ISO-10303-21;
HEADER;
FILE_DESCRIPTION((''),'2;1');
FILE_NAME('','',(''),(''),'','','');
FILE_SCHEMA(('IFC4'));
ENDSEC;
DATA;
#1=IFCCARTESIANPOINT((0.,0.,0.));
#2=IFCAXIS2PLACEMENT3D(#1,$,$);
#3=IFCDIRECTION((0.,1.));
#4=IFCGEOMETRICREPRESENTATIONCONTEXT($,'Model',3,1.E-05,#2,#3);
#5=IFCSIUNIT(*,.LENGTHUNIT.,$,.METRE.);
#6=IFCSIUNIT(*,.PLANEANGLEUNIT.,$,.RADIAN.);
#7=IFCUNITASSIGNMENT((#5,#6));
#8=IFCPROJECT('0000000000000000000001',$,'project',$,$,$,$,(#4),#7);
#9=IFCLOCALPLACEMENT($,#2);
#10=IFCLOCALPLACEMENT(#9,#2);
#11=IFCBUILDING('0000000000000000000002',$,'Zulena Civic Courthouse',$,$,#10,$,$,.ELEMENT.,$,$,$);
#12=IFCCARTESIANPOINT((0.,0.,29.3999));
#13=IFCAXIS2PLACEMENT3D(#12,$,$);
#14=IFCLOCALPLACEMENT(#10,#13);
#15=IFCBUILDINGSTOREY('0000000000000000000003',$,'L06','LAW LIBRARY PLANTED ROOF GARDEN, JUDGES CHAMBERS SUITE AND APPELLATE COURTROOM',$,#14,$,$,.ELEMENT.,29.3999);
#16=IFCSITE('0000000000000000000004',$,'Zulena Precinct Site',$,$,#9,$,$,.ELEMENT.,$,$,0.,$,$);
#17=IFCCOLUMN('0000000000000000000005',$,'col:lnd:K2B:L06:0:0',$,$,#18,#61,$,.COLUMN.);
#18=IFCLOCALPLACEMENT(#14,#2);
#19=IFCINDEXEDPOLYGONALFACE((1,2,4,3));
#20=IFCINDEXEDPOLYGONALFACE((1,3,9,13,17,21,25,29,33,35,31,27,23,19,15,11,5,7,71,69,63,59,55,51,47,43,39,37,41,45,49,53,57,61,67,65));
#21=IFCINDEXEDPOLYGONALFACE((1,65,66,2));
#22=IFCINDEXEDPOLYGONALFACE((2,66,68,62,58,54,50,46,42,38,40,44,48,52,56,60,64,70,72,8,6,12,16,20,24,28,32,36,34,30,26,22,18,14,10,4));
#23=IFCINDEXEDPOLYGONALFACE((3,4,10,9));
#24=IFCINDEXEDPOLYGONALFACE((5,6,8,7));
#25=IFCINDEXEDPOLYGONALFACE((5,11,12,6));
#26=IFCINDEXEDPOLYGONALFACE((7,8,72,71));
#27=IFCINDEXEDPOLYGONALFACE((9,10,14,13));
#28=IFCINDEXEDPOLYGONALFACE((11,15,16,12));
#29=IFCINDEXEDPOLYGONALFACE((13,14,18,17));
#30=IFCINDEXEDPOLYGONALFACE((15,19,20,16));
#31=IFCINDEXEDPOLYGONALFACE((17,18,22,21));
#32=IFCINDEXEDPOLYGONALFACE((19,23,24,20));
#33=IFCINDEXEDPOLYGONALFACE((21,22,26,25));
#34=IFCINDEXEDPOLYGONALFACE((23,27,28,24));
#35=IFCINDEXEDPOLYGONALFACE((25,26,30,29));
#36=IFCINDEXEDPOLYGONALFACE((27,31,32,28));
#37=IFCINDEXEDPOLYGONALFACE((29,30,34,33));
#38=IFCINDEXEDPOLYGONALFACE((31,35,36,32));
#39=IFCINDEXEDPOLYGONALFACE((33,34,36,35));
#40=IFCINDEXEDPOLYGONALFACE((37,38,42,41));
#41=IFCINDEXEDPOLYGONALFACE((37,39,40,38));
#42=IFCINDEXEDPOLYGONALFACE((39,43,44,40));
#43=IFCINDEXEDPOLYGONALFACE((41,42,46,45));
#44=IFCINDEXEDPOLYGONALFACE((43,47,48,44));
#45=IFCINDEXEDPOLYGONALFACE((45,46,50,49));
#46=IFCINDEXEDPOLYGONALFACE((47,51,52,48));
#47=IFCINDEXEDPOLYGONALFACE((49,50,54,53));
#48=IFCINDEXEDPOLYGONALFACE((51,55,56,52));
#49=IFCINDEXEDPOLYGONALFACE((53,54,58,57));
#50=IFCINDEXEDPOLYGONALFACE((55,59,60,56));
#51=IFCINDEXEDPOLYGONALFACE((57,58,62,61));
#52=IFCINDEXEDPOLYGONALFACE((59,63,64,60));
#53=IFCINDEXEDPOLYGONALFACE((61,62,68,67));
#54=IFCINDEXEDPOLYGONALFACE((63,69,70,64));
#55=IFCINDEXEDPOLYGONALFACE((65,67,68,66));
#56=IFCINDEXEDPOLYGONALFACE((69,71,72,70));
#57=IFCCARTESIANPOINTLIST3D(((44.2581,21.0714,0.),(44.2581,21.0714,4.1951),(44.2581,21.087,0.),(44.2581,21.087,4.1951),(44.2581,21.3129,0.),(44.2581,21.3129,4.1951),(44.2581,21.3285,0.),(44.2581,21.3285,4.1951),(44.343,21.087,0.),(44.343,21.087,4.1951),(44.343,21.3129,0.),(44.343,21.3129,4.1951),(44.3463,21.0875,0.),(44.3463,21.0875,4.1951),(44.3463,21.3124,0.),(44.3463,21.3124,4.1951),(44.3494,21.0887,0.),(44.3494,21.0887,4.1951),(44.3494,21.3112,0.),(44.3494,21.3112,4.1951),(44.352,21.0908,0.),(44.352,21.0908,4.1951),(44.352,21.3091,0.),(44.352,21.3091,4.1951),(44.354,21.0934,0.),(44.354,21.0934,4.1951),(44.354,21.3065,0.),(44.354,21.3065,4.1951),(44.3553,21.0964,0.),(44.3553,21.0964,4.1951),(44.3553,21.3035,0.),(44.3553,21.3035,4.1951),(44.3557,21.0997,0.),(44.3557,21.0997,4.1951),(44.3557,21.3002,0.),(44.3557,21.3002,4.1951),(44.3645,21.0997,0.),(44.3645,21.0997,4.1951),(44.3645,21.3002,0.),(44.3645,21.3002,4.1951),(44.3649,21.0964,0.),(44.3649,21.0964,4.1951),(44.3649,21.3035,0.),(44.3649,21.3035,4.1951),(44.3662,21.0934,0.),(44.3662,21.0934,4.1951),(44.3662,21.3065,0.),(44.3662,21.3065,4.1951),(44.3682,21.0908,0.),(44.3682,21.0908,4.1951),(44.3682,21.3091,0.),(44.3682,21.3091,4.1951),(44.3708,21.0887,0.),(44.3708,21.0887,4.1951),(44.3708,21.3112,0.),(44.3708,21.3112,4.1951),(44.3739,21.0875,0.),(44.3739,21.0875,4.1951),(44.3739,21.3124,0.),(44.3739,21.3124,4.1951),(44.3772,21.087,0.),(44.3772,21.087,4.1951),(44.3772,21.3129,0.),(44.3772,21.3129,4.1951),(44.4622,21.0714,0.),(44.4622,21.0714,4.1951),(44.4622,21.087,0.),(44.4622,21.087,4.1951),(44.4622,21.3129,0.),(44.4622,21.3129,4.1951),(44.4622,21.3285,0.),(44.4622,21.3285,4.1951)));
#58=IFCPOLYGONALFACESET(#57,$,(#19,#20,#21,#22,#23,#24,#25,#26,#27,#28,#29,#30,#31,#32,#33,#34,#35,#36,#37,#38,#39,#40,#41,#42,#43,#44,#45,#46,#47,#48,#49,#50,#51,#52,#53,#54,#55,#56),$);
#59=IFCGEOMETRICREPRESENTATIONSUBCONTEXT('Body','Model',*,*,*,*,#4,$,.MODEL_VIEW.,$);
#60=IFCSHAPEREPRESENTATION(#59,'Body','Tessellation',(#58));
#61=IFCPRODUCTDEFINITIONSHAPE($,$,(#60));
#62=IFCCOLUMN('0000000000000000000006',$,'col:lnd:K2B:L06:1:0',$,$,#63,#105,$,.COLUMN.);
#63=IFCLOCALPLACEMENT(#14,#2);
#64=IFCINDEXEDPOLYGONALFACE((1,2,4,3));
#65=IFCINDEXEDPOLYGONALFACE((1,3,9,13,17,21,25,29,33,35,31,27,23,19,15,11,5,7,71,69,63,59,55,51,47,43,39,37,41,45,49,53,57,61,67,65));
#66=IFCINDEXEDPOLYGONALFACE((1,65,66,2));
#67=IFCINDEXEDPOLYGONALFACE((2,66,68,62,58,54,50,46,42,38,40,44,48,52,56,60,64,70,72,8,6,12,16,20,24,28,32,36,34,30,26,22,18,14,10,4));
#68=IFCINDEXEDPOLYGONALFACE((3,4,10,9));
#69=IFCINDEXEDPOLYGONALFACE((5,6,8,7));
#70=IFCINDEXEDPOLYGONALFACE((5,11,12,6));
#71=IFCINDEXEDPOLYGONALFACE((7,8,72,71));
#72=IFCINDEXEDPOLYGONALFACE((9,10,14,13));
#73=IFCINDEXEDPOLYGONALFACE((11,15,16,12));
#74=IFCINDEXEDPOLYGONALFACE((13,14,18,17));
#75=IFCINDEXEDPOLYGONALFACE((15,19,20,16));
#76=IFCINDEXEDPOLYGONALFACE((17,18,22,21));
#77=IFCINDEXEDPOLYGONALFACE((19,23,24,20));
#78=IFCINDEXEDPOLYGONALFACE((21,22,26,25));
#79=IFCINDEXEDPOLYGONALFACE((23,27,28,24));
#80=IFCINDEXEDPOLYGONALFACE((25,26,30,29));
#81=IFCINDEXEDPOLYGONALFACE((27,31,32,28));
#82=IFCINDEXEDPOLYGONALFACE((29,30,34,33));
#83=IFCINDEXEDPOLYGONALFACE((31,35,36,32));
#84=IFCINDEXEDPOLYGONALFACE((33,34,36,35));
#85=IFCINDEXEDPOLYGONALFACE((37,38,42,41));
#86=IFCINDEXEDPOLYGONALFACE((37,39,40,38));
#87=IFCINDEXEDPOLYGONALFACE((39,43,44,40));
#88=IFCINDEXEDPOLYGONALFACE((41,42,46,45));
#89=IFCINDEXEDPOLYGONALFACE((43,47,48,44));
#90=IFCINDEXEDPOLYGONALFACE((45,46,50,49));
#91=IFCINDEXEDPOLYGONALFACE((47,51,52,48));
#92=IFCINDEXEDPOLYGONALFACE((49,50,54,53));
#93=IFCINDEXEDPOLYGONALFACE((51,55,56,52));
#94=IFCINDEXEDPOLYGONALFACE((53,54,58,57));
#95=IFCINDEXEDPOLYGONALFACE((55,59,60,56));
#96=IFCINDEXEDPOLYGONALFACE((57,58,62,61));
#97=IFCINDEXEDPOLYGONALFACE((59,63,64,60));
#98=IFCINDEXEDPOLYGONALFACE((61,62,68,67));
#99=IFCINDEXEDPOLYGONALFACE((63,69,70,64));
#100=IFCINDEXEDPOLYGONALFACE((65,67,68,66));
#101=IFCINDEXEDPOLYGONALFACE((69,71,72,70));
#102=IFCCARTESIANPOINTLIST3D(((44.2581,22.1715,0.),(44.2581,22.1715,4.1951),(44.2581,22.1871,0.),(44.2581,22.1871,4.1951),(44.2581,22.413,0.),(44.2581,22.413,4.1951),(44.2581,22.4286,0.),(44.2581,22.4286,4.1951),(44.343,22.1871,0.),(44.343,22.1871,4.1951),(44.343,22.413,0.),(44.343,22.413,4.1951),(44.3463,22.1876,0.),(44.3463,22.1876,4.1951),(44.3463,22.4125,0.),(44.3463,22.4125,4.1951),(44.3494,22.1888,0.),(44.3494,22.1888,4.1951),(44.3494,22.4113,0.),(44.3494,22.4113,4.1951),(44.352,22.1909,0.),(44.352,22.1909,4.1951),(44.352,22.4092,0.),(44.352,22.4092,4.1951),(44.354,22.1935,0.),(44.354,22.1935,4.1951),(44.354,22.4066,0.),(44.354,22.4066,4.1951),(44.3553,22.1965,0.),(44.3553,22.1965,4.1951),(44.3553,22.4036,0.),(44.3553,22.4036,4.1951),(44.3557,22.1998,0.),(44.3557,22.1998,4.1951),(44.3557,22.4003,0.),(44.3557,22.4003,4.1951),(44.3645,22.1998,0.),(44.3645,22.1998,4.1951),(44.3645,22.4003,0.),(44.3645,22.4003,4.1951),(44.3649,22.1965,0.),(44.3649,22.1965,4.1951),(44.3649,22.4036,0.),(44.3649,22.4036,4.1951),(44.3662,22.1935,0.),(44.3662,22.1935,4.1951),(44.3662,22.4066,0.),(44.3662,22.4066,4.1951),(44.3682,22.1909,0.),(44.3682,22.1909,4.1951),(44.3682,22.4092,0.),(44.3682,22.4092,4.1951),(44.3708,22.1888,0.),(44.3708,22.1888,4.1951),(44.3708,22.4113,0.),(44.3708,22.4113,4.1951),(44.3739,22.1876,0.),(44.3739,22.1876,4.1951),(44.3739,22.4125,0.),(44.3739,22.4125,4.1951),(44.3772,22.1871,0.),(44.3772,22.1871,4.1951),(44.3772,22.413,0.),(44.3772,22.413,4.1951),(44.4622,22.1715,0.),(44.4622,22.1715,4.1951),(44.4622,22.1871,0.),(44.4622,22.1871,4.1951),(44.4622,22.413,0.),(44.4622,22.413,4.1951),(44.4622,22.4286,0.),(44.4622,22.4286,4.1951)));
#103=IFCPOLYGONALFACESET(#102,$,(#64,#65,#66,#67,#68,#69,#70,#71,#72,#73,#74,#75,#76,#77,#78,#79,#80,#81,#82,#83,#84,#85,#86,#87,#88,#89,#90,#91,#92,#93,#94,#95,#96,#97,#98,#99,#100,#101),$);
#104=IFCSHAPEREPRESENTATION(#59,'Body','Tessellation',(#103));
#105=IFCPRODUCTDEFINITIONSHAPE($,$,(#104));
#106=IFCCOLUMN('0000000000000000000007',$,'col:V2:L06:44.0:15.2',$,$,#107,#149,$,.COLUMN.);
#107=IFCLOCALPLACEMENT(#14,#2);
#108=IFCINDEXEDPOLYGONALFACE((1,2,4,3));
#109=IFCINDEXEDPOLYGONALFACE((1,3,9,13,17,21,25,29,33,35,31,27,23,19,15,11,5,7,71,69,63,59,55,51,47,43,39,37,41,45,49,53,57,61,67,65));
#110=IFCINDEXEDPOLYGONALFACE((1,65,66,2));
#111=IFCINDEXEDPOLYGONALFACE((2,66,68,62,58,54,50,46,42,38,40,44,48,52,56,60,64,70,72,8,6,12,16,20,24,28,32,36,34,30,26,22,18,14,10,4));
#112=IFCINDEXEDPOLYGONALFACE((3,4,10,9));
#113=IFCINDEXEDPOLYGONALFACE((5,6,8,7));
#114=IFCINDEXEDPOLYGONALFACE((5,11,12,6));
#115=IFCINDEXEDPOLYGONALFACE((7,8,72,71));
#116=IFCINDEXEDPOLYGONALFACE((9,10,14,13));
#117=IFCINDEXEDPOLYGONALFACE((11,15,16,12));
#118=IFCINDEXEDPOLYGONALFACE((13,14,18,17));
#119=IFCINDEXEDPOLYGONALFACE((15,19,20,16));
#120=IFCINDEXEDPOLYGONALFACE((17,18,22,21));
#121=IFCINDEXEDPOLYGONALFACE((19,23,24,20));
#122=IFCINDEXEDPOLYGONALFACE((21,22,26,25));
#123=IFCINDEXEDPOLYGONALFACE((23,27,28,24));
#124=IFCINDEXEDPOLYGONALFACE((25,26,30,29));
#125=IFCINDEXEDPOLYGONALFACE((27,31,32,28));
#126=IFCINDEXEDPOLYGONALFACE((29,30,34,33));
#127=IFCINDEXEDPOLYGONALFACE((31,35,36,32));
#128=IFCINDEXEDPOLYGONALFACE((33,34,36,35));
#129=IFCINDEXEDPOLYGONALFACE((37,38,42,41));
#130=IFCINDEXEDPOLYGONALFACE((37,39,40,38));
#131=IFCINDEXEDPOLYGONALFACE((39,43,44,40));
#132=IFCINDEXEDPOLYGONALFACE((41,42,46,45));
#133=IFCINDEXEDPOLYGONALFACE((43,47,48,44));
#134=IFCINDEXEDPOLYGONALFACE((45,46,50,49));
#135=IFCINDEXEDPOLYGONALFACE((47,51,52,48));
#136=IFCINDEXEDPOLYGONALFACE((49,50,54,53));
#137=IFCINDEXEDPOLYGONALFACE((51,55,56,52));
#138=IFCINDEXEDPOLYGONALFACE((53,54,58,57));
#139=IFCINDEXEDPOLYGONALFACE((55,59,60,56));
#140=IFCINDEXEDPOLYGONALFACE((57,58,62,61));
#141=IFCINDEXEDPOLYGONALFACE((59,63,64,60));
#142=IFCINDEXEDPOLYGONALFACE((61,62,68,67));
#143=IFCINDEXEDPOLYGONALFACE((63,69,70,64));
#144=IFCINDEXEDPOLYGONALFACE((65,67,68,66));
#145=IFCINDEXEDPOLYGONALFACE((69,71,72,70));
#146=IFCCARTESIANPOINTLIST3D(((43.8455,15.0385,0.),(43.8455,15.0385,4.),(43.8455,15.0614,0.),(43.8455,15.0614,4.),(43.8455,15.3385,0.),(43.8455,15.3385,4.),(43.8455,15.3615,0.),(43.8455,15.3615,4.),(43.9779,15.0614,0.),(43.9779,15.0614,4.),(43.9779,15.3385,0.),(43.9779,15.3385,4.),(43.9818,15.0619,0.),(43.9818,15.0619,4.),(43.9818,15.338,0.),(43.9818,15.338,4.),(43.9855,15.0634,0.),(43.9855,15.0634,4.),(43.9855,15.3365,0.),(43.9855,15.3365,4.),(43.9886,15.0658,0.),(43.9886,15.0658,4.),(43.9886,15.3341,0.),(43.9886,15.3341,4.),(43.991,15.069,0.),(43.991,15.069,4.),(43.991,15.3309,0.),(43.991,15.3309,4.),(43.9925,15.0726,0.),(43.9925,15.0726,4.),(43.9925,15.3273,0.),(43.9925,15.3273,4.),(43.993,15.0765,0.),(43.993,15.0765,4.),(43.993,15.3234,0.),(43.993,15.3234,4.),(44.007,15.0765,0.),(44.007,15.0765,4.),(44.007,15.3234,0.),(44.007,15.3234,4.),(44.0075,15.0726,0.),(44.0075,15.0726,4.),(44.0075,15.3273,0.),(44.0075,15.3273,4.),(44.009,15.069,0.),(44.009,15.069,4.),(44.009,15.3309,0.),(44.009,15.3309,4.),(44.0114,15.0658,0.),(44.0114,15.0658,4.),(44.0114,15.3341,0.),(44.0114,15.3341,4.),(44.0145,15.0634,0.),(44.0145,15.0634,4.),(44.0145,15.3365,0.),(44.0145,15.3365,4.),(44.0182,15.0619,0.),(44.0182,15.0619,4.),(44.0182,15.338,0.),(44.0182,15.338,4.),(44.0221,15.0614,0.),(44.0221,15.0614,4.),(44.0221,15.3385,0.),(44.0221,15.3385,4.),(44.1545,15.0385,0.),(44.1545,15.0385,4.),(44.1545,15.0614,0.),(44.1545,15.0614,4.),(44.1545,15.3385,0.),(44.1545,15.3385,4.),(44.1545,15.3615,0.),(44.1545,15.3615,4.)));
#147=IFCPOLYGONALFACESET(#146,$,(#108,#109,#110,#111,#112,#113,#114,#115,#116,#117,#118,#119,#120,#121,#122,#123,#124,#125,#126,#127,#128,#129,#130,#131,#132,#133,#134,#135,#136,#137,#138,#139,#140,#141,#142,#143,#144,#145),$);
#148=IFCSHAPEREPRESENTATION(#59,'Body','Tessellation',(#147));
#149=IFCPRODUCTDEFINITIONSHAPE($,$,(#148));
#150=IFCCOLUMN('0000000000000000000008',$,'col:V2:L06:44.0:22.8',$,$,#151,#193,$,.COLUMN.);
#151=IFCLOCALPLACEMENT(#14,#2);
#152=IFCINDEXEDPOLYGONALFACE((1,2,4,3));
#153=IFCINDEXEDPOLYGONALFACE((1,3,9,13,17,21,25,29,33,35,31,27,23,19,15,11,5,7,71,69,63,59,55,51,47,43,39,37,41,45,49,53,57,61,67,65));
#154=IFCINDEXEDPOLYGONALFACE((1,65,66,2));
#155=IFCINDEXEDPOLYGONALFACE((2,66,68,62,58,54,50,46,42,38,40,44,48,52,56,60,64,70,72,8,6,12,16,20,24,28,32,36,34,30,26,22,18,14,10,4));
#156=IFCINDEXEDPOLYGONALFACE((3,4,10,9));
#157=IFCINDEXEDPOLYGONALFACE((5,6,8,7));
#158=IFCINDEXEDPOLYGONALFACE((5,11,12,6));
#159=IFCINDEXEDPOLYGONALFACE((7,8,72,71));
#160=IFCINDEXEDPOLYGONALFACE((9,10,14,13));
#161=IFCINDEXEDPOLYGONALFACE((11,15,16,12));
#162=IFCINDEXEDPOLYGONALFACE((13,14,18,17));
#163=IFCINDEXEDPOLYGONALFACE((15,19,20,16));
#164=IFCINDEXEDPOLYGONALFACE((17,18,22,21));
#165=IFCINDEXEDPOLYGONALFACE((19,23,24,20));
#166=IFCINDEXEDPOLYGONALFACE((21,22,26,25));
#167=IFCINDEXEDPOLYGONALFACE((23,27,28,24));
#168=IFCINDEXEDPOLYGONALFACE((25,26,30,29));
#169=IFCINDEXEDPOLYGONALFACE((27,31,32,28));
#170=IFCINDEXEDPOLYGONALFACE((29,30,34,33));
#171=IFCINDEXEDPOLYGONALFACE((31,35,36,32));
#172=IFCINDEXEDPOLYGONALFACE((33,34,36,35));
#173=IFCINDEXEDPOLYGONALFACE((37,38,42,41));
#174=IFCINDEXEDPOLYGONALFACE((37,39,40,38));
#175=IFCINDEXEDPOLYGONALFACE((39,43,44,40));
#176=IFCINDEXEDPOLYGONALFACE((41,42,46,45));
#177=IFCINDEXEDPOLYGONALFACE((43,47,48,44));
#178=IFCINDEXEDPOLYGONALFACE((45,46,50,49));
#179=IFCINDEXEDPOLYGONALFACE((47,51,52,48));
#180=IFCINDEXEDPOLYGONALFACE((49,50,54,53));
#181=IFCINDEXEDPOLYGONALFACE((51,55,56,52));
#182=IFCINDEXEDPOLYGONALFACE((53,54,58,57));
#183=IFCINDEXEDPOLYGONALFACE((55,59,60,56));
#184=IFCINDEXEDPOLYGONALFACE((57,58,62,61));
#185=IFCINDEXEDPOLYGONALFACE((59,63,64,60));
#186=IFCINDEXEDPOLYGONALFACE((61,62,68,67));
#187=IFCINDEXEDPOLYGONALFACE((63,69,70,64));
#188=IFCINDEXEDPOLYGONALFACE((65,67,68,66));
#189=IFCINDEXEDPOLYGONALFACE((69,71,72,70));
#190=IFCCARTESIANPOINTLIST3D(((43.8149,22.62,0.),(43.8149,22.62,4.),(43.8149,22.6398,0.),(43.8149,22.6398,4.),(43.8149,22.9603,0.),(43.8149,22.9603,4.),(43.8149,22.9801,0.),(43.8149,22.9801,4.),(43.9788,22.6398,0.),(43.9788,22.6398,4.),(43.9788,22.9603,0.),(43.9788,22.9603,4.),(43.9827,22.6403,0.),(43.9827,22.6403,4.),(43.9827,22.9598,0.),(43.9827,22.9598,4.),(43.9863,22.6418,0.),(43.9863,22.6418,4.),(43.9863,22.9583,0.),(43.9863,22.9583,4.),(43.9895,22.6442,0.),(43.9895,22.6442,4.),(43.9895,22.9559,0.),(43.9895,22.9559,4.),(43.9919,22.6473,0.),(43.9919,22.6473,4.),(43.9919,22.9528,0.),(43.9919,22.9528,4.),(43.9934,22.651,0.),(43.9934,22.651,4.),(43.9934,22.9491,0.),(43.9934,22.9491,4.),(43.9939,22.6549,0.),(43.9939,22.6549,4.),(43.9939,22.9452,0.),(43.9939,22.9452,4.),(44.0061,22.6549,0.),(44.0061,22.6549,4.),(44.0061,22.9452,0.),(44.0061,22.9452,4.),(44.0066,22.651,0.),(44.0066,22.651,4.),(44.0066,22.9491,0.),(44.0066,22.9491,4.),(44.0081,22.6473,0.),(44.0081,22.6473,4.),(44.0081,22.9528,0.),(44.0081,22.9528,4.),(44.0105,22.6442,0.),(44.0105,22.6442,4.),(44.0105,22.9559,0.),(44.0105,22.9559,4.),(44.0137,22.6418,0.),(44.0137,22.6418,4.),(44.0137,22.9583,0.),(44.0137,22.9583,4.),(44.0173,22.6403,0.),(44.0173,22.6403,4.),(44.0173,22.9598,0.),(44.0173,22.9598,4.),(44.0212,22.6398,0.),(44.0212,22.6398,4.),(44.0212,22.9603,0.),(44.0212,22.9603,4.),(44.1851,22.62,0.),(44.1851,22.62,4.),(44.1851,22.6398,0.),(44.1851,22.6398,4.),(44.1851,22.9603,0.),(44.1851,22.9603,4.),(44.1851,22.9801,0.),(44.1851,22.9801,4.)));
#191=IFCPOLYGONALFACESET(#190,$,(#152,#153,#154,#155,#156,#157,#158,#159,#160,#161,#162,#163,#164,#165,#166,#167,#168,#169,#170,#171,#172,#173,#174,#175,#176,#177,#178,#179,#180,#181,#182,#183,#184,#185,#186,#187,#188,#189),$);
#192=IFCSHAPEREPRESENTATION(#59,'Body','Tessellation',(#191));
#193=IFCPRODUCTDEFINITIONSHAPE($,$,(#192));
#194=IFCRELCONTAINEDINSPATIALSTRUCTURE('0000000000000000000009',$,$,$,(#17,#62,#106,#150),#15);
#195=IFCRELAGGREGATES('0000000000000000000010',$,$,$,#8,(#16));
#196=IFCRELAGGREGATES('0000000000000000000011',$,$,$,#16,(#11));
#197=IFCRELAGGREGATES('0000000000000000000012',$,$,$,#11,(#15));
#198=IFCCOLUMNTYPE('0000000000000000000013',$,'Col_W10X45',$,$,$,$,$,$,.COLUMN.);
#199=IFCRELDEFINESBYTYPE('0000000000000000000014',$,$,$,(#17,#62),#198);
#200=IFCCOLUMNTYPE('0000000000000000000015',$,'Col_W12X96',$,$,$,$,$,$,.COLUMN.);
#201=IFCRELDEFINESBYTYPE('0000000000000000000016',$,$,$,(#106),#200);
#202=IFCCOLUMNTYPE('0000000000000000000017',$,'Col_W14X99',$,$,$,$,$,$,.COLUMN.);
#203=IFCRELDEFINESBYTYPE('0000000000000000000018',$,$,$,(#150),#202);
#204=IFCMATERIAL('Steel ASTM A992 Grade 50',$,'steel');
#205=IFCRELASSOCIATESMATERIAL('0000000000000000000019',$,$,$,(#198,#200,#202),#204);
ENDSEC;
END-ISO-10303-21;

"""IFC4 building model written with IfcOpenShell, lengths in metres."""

from ifc_helpers import new_model, si_unit, direction, frame, origin, origin_2d, place, context, subcontext, project, spatial, i_section, extrude, material, material_profile, profile_set, type_object, element, save


model = new_model("IFC4")

# Units and contexts
model_context = context("Model", 3, precision=1e-05, world=origin(), true_north=direction((0.0, 1.0)))
body_context = subcontext(model_context, "Body", "Model", "MODEL_VIEW")
ifc_project = project(units=[si_unit("LENGTHUNIT", "METRE"), si_unit("PLANEANGLEUNIT", "RADIAN")], contexts=[model_context])

# Site, building, storey
site_placement = place(None, origin())
site = spatial("IfcSite", under=ifc_project, at=site_placement, Name="Zulena Precinct Site", CompositionType="ELEMENT", RefElevation=0.0)
building_placement = place(site_placement, origin())
building = spatial("IfcBuilding", under=site, at=building_placement, Name="Zulena Civic Courthouse", CompositionType="ELEMENT")
storey_placement = place(building_placement, frame((0.0, 0.0, 29.3999)))
storey = spatial("IfcBuildingStorey", under=building, at=storey_placement, Name="L06", Description="LAW LIBRARY PLANTED ROOF GARDEN, JUDGES CHAMBERS SUITE AND APPELLATE COURTROOM", CompositionType="ELEMENT", Elevation=29.3999)

# Columns
ifc_material_1 = material(Name="Steel ASTM A992 Grade 50", Category="steel")
ifc_material_profile_1 = material_profile(ifc_material_1, i_section(OverallWidth=0.2041, OverallDepth=0.2571, WebThickness=0.0088, FlangeThickness=0.0156, FilletRadius=0.0127, at=origin_2d()), Name="W10X45")
ifc_profile_set_1 = profile_set([ifc_material_profile_1], Name="Steel ASTM A992 Grade 50")
column_type_1 = type_object("IfcColumnType", Name="Col_W10X45", PredefinedType="COLUMN", material=ifc_profile_set_1)
for number, where, z_axis, x_axis, name in (
    (1, (44.3601, 21.2, 0.0), (0.0, 0.0, 1.0), (1.0, 0.0, 0.0), "col:lnd:K2B:L06:0:0"),
    (2, (44.3601, 22.3, 0.0), (0.0, 0.0, 1.0), (1.0, 0.0, 0.0), "col:lnd:K2B:L06:1:0"),
):
    element("IfcColumn", number, at=place(storey_placement, frame(where, z_axis=z_axis, x_axis=x_axis)), inside=storey, type_object=column_type_1, Name=name, PredefinedType="COLUMN", context=body_context, shape_type="SweptSolid", body=[
        extrude(i_section(OverallWidth=0.2041, OverallDepth=0.2571, WebThickness=0.0088, FlangeThickness=0.0156, FilletRadius=0.0127, at=origin_2d()), origin(), (0.0, 0.0, 1.0), 4.1951),
    ])
ifc_material_profile_2 = material_profile(ifc_material_1, i_section(OverallWidth=0.3091, OverallDepth=0.323, WebThickness=0.0139, FlangeThickness=0.0229, FilletRadius=0.0151, at=origin_2d()), Name="W12X96")
ifc_profile_set_2 = profile_set([ifc_material_profile_2], Name="Steel ASTM A992 Grade 50")
column_type_2 = type_object("IfcColumnType", Name="Col_W12X96", PredefinedType="COLUMN", material=ifc_profile_set_2)
column_1_placement = place(storey_placement, frame((44.0, 15.2, 0.0), z_axis=(0.0, 0.0, 1.0), x_axis=(1.0, 0.0, 0.0)))
element("IfcColumn", 3, at=column_1_placement, inside=storey, type_object=column_type_2, Name="col:V2:L06:44.0:15.2", PredefinedType="COLUMN", context=body_context, shape_type="SweptSolid", body=[
    extrude(i_section(OverallWidth=0.3091, OverallDepth=0.323, WebThickness=0.0139, FlangeThickness=0.0229, FilletRadius=0.0151, at=origin_2d()), origin(), (0.0, 0.0, 1.0), 4.0),
])
ifc_material_profile_3 = material_profile(ifc_material_1, i_section(OverallWidth=0.3701, OverallDepth=0.3601, WebThickness=0.0122, FlangeThickness=0.0198, FilletRadius=0.0151, at=origin_2d()), Name="W14X99")
ifc_profile_set_3 = profile_set([ifc_material_profile_3], Name="Steel ASTM A992 Grade 50")
column_type_3 = type_object("IfcColumnType", Name="Col_W14X99", PredefinedType="COLUMN", material=ifc_profile_set_3)
column_2_placement = place(storey_placement, frame((44.0, 22.8, 0.0), z_axis=(0.0, 0.0, 1.0), x_axis=(1.0, 0.0, 0.0)))
element("IfcColumn", 4, at=column_2_placement, inside=storey, type_object=column_type_3, Name="col:V2:L06:44.0:22.8", PredefinedType="COLUMN", context=body_context, shape_type="SweptSolid", body=[
    extrude(i_section(OverallWidth=0.3701, OverallDepth=0.3601, WebThickness=0.0122, FlangeThickness=0.0198, FilletRadius=0.0151, at=origin_2d()), origin(), (0.0, 0.0, 1.0), 4.0),
])

save(model, "model.ifc")
